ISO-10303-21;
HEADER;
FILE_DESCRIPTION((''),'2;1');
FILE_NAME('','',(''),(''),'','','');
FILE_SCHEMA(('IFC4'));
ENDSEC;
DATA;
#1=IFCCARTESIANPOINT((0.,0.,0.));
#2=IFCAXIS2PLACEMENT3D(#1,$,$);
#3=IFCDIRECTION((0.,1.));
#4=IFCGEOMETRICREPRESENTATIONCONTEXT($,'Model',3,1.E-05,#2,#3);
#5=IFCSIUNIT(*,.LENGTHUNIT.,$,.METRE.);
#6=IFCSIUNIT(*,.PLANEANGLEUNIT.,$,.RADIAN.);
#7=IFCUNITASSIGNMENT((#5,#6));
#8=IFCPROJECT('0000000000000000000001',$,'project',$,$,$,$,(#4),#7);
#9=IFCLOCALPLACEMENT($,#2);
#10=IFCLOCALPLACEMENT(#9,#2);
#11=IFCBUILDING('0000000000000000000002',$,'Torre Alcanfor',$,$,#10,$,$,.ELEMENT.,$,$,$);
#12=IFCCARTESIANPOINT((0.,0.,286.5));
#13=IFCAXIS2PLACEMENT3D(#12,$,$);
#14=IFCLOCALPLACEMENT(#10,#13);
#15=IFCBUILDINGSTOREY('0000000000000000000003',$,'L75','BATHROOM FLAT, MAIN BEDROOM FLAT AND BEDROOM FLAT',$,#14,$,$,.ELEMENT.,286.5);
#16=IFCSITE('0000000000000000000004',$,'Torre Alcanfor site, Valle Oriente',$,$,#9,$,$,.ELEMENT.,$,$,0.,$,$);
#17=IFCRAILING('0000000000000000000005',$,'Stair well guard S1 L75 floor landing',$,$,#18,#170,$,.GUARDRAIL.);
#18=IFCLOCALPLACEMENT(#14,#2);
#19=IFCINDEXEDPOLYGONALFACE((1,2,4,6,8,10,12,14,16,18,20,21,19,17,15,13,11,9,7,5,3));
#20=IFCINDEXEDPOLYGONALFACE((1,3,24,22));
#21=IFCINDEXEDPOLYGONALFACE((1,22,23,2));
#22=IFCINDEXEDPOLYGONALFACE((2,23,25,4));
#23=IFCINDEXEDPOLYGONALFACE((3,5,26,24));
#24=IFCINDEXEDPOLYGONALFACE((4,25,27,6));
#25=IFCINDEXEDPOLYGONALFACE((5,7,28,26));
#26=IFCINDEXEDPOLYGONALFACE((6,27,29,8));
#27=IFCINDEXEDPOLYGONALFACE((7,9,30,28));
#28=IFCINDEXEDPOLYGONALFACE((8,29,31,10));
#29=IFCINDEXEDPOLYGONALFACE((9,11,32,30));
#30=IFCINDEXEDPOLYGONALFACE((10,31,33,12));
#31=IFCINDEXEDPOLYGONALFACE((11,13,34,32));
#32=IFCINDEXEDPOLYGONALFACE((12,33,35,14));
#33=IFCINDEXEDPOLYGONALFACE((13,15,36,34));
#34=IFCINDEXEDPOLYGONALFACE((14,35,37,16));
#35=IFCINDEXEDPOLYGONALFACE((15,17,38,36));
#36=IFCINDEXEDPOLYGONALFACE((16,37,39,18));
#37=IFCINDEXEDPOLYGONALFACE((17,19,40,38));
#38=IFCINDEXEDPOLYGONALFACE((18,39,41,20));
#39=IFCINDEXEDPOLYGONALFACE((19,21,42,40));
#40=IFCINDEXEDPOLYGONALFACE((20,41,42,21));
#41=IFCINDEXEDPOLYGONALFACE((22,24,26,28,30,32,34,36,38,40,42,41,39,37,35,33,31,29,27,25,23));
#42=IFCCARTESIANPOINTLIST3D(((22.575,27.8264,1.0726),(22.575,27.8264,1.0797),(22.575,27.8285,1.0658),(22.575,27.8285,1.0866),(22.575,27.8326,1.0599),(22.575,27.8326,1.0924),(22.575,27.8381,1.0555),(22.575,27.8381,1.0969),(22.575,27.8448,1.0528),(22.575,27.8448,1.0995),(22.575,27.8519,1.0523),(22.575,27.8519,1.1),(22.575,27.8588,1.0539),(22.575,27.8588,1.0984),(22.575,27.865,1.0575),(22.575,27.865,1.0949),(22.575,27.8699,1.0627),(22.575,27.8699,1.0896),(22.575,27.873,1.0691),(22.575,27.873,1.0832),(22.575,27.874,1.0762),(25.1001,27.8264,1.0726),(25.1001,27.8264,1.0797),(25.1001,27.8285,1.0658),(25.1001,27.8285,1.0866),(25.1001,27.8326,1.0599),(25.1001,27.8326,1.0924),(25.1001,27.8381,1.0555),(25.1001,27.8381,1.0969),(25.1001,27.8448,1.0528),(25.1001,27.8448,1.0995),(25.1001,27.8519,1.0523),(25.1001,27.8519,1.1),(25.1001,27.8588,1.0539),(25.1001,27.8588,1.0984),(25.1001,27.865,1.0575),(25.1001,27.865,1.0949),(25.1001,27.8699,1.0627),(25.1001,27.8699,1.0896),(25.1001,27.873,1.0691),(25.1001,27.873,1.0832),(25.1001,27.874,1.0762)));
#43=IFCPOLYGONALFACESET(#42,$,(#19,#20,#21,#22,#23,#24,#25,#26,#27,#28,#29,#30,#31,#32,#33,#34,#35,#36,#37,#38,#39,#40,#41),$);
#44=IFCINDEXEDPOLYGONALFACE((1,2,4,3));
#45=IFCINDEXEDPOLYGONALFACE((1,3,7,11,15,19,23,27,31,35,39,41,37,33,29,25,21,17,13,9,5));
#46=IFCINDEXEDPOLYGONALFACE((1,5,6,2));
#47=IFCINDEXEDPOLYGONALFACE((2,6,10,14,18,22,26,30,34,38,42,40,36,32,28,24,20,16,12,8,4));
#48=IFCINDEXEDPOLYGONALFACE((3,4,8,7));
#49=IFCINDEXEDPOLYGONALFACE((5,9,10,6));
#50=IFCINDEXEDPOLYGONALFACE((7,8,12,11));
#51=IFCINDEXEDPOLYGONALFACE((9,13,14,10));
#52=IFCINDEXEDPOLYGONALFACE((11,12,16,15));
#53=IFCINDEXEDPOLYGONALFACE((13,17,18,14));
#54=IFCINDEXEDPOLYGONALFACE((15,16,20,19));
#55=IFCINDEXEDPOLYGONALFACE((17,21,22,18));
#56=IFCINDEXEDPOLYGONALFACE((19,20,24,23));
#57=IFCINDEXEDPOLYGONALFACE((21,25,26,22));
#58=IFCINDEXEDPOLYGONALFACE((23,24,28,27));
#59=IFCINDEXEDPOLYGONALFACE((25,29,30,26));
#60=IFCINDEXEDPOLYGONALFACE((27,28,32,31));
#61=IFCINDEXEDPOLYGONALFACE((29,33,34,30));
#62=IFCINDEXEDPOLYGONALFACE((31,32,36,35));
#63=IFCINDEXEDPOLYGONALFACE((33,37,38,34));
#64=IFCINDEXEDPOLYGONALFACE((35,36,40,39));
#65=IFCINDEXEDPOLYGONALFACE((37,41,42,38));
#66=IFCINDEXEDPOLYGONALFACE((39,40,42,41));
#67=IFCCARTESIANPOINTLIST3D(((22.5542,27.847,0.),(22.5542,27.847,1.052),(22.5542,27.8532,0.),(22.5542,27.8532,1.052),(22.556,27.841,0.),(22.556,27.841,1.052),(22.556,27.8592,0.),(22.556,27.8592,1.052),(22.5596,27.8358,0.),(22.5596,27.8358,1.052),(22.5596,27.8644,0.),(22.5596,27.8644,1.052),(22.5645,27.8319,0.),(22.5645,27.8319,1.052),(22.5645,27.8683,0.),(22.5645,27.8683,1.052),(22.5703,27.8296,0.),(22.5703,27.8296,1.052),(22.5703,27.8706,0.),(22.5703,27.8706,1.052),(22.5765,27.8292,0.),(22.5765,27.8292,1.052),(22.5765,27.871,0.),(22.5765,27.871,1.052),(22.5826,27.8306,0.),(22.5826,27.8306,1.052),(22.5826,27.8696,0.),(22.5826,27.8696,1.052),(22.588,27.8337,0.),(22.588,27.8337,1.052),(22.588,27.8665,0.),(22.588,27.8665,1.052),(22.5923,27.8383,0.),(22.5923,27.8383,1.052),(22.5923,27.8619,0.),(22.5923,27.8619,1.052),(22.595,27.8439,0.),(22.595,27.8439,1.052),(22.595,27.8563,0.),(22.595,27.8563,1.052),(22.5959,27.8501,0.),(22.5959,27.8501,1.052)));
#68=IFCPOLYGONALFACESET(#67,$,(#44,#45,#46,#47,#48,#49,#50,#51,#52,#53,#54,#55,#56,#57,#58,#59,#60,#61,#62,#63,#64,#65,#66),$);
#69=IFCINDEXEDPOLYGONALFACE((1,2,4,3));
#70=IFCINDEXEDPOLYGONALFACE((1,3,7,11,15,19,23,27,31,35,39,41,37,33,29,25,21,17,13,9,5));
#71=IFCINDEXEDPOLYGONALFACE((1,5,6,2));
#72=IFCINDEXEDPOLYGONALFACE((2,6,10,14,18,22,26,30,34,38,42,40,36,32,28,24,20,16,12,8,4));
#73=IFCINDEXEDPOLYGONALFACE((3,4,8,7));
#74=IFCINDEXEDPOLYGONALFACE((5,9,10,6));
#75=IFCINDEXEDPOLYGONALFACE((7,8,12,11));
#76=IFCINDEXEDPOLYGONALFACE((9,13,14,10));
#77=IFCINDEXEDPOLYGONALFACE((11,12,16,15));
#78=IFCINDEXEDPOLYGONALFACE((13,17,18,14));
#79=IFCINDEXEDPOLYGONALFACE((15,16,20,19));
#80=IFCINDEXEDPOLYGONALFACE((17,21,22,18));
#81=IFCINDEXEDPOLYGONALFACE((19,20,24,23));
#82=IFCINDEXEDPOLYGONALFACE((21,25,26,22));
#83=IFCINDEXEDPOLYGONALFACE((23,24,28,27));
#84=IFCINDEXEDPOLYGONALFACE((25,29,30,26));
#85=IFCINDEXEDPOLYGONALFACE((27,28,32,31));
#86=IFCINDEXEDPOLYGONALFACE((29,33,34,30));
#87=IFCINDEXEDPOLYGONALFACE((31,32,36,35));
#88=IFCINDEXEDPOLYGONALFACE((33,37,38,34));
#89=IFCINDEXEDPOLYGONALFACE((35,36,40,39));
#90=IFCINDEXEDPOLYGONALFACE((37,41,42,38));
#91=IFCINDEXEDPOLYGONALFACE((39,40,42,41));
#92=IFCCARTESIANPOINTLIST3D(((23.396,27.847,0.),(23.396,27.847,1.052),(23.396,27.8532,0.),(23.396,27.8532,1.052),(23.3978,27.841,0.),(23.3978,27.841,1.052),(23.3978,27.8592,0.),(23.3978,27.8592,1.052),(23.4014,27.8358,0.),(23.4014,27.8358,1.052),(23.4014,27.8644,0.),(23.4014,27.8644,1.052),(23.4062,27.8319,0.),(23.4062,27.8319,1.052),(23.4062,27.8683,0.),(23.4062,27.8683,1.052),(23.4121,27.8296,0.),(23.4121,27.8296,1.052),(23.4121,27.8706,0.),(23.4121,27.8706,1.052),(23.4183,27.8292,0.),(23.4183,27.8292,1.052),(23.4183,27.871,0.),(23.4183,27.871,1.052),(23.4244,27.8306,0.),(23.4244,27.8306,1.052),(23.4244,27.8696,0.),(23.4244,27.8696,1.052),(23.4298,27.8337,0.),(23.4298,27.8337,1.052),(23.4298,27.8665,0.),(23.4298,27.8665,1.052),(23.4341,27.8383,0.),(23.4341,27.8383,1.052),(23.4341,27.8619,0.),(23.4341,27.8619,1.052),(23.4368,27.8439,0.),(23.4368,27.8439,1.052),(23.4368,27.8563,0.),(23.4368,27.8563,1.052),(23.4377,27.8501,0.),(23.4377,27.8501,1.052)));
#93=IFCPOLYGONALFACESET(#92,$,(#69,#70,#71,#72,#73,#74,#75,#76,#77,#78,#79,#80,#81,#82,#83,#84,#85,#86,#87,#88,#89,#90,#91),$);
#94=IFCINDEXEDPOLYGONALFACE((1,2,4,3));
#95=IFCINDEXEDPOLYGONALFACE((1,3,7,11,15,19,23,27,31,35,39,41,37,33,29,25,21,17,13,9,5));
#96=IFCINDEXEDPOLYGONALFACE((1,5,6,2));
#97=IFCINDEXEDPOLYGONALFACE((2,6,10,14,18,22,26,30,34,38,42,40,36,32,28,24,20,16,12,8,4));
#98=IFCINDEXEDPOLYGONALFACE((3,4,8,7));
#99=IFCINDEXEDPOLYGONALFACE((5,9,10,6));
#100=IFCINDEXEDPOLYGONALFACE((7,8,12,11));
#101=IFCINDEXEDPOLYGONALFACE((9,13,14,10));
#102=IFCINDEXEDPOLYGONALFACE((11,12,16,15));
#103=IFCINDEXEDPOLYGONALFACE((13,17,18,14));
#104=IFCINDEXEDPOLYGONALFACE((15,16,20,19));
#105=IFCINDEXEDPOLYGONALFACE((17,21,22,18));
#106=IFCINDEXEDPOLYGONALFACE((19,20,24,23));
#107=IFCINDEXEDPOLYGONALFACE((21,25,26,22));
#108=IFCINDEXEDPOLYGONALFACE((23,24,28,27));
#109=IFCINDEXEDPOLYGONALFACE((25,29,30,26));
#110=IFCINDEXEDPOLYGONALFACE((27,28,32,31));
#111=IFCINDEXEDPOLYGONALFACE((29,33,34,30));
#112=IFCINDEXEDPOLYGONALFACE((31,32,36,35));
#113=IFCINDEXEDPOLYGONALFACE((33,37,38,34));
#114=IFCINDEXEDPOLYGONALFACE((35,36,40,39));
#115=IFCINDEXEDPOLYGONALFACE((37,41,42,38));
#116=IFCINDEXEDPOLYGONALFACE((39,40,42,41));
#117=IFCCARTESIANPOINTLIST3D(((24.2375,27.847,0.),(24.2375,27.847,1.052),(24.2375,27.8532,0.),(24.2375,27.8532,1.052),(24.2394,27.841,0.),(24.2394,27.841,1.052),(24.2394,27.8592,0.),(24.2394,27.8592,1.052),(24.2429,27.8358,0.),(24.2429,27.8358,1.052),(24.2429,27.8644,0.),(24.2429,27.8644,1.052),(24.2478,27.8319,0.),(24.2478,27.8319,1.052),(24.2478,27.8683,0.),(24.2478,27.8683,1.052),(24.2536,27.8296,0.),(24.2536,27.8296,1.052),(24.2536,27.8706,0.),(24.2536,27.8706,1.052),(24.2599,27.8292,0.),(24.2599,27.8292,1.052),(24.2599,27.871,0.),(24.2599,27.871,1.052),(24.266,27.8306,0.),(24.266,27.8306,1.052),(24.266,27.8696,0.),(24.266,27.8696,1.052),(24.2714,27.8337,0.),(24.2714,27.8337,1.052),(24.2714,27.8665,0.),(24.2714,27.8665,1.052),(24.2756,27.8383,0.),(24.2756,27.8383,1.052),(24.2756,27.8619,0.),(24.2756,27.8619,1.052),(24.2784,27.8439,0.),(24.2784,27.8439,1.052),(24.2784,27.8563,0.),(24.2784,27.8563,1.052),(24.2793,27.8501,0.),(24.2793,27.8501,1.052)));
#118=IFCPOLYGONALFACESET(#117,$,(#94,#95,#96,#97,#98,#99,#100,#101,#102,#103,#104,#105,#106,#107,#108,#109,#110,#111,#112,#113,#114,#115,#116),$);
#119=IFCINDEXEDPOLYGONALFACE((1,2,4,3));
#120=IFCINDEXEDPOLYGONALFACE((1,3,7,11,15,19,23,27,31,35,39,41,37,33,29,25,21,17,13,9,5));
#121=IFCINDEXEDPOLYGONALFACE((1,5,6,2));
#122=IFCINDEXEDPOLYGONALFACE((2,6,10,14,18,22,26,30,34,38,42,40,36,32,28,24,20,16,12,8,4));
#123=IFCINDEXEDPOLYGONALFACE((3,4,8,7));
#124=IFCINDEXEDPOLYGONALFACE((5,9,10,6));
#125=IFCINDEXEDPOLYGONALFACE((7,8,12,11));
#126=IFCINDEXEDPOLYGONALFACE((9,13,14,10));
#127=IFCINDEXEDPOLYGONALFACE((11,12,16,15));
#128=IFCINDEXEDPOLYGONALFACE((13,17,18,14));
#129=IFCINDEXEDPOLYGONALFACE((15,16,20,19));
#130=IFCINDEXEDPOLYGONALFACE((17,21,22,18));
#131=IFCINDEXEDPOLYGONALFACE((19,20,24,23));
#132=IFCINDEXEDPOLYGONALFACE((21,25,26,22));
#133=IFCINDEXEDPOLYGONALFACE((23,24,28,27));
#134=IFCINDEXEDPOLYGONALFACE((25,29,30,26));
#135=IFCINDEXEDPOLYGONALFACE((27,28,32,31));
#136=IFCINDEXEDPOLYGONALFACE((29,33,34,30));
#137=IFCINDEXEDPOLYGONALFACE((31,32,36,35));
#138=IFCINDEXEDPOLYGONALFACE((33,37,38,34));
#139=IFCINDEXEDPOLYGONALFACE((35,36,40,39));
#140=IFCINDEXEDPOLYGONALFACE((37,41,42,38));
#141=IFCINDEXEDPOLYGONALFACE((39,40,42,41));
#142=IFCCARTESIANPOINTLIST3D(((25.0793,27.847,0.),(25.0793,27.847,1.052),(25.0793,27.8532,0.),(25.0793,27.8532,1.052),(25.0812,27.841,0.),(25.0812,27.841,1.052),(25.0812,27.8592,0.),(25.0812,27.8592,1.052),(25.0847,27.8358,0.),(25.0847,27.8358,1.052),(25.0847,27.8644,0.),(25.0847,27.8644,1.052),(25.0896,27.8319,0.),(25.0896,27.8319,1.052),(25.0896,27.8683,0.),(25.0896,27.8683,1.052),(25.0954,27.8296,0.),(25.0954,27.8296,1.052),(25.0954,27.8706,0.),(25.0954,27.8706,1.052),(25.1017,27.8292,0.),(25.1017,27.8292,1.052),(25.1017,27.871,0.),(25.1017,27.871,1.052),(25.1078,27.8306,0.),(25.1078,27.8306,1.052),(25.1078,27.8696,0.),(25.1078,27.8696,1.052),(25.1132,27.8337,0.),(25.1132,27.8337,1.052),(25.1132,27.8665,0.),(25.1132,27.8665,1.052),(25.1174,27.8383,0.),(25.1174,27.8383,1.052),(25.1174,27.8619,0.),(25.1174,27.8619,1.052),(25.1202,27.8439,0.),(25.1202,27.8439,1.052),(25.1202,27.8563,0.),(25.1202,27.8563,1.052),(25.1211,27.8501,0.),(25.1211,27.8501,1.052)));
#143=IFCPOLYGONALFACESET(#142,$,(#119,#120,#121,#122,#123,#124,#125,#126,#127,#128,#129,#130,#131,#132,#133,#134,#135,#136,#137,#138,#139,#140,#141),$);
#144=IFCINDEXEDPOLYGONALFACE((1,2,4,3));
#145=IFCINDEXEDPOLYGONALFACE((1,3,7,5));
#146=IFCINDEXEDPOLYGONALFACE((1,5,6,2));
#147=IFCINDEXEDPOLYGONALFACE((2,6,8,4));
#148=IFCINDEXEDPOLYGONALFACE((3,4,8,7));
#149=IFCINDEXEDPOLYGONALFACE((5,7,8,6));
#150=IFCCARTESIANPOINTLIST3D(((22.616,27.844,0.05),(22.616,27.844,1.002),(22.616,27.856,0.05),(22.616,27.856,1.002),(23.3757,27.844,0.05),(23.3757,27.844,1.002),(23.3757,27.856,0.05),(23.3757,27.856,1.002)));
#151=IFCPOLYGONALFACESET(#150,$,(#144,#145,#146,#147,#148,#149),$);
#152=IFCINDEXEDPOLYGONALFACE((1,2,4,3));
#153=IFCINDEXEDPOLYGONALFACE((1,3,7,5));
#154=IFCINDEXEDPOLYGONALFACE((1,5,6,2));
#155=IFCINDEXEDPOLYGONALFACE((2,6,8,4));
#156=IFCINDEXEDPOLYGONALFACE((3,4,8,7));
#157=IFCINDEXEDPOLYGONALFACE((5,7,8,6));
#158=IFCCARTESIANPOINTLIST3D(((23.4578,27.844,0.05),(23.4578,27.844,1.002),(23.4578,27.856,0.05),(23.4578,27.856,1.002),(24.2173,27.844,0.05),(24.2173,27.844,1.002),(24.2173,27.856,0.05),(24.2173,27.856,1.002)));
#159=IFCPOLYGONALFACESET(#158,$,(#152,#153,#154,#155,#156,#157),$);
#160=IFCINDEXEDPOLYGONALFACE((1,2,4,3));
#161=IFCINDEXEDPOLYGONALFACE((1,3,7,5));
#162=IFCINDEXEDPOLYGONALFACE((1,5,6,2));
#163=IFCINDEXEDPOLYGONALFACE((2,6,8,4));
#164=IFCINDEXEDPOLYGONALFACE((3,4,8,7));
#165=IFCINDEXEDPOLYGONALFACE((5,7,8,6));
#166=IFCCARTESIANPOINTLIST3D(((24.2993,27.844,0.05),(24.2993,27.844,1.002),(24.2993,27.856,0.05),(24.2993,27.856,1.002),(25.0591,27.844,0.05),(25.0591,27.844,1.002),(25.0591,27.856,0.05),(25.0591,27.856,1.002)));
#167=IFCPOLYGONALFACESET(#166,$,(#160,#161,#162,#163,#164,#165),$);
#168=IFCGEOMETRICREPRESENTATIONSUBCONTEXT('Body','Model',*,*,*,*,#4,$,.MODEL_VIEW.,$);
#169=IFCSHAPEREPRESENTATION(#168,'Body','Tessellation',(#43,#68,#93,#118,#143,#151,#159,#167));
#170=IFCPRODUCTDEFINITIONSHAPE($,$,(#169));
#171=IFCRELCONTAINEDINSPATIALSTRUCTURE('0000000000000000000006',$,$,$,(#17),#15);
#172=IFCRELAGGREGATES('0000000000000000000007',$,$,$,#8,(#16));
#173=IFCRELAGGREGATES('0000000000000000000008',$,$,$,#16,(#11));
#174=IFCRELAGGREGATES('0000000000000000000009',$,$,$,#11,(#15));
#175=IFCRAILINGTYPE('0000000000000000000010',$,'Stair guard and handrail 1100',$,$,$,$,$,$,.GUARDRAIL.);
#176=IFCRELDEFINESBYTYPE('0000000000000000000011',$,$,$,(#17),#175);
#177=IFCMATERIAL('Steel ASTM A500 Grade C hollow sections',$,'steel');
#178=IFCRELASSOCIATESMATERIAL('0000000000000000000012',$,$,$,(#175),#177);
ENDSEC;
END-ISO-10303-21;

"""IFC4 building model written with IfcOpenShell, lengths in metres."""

from ifc_helpers import new_model, si_unit, direction, frame, origin, origin_2d, place, context, subcontext, project, spatial, polyline, circle, outline, extrude, material, type_object, element, save


model = new_model("IFC4")

# Units and contexts
model_context = context("Model", 3, precision=1e-05, world=origin(), true_north=direction((0.0, 1.0)))
body_context = subcontext(model_context, "Body", "Model", "MODEL_VIEW")
ifc_project = project(units=[si_unit("LENGTHUNIT", "METRE"), si_unit("PLANEANGLEUNIT", "RADIAN")], contexts=[model_context])

# Site, building, storey
site_placement = place(None, origin())
site = spatial("IfcSite", under=ifc_project, at=site_placement, Name="Torre Alcanfor site, Valle Oriente", CompositionType="ELEMENT", RefElevation=0.0)
building_placement = place(site_placement, origin())
building = spatial("IfcBuilding", under=site, at=building_placement, Name="Torre Alcanfor", CompositionType="ELEMENT")
storey_placement = place(building_placement, frame((0.0, 0.0, 286.5)))
storey = spatial("IfcBuildingStorey", under=building, at=storey_placement, Name="L75", Description="BATHROOM FLAT, MAIN BEDROOM FLAT AND BEDROOM FLAT", CompositionType="ELEMENT", Elevation=286.5)

# Railing
ifc_material_1 = material(Name="Steel ASTM A500 Grade C hollow sections", Category="steel")
railing_type_1 = type_object("IfcRailingType", Name="Stair guard and handrail 1100", PredefinedType="GUARDRAIL", material=ifc_material_1)
for number, where, name in (
    (1, (22.575, 27.8501, 0.0), "Stair well guard S1 L75 floor landing"),
):
    element("IfcRailing", number, at=place(storey_placement, frame(where)), inside=storey, type_object=railing_type_1, Name=name, PredefinedType="GUARDRAIL", context=body_context, shape_type="SweptSolid", body=[
        extrude(circle(Radius=0.0239, at=origin_2d()), frame((0.0, 0.0, 1.0762), z_axis=(1.0, 0.0, 0.0), x_axis=(0.0, 1.0, 0.0)), (0.0, 0.0, 1.0), 2.5251),
        extrude(circle(Radius=0.021, at=origin_2d()), origin(), (0.0, 0.0, 1.0), 1.052),
        extrude(circle(Radius=0.021, at=origin_2d()), frame((0.8418, 0.0, 0.0)), (0.0, 0.0, 1.0), 1.052),
        extrude(circle(Radius=0.021, at=origin_2d()), frame((1.6833, 0.0, 0.0)), (0.0, 0.0, 1.0), 1.052),
        extrude(circle(Radius=0.021, at=origin_2d()), frame((2.5251, 0.0, 0.0)), (0.0, 0.0, 1.0), 1.052),
        extrude(outline(polyline([(0.041, 0.05), (0.8008, 0.05), (0.8008, 1.002), (0.041, 1.002), (0.041, 0.05)])), frame((0.0, 0.0059, 0.0), z_axis=(0.0, -1.0, 0.0), x_axis=(1.0, 0.0, 0.0)), (0.0, 0.0, 1.0), 0.012),
        extrude(outline(polyline([(0.8828, 0.05), (1.6423, 0.05), (1.6423, 1.002), (0.8828, 1.002), (0.8828, 0.05)])), frame((0.0, 0.0059, 0.0), z_axis=(0.0, -1.0, 0.0), x_axis=(1.0, 0.0, 0.0)), (0.0, 0.0, 1.0), 0.012),
        extrude(outline(polyline([(1.7244, 0.05), (2.4841, 0.05), (2.4841, 1.002), (1.7244, 1.002), (1.7244, 0.05)])), frame((0.0, 0.0059, 0.0), z_axis=(0.0, -1.0, 0.0), x_axis=(1.0, 0.0, 0.0)), (0.0, 0.0, 1.0), 0.012),
    ])

save(model, "model.ifc")
